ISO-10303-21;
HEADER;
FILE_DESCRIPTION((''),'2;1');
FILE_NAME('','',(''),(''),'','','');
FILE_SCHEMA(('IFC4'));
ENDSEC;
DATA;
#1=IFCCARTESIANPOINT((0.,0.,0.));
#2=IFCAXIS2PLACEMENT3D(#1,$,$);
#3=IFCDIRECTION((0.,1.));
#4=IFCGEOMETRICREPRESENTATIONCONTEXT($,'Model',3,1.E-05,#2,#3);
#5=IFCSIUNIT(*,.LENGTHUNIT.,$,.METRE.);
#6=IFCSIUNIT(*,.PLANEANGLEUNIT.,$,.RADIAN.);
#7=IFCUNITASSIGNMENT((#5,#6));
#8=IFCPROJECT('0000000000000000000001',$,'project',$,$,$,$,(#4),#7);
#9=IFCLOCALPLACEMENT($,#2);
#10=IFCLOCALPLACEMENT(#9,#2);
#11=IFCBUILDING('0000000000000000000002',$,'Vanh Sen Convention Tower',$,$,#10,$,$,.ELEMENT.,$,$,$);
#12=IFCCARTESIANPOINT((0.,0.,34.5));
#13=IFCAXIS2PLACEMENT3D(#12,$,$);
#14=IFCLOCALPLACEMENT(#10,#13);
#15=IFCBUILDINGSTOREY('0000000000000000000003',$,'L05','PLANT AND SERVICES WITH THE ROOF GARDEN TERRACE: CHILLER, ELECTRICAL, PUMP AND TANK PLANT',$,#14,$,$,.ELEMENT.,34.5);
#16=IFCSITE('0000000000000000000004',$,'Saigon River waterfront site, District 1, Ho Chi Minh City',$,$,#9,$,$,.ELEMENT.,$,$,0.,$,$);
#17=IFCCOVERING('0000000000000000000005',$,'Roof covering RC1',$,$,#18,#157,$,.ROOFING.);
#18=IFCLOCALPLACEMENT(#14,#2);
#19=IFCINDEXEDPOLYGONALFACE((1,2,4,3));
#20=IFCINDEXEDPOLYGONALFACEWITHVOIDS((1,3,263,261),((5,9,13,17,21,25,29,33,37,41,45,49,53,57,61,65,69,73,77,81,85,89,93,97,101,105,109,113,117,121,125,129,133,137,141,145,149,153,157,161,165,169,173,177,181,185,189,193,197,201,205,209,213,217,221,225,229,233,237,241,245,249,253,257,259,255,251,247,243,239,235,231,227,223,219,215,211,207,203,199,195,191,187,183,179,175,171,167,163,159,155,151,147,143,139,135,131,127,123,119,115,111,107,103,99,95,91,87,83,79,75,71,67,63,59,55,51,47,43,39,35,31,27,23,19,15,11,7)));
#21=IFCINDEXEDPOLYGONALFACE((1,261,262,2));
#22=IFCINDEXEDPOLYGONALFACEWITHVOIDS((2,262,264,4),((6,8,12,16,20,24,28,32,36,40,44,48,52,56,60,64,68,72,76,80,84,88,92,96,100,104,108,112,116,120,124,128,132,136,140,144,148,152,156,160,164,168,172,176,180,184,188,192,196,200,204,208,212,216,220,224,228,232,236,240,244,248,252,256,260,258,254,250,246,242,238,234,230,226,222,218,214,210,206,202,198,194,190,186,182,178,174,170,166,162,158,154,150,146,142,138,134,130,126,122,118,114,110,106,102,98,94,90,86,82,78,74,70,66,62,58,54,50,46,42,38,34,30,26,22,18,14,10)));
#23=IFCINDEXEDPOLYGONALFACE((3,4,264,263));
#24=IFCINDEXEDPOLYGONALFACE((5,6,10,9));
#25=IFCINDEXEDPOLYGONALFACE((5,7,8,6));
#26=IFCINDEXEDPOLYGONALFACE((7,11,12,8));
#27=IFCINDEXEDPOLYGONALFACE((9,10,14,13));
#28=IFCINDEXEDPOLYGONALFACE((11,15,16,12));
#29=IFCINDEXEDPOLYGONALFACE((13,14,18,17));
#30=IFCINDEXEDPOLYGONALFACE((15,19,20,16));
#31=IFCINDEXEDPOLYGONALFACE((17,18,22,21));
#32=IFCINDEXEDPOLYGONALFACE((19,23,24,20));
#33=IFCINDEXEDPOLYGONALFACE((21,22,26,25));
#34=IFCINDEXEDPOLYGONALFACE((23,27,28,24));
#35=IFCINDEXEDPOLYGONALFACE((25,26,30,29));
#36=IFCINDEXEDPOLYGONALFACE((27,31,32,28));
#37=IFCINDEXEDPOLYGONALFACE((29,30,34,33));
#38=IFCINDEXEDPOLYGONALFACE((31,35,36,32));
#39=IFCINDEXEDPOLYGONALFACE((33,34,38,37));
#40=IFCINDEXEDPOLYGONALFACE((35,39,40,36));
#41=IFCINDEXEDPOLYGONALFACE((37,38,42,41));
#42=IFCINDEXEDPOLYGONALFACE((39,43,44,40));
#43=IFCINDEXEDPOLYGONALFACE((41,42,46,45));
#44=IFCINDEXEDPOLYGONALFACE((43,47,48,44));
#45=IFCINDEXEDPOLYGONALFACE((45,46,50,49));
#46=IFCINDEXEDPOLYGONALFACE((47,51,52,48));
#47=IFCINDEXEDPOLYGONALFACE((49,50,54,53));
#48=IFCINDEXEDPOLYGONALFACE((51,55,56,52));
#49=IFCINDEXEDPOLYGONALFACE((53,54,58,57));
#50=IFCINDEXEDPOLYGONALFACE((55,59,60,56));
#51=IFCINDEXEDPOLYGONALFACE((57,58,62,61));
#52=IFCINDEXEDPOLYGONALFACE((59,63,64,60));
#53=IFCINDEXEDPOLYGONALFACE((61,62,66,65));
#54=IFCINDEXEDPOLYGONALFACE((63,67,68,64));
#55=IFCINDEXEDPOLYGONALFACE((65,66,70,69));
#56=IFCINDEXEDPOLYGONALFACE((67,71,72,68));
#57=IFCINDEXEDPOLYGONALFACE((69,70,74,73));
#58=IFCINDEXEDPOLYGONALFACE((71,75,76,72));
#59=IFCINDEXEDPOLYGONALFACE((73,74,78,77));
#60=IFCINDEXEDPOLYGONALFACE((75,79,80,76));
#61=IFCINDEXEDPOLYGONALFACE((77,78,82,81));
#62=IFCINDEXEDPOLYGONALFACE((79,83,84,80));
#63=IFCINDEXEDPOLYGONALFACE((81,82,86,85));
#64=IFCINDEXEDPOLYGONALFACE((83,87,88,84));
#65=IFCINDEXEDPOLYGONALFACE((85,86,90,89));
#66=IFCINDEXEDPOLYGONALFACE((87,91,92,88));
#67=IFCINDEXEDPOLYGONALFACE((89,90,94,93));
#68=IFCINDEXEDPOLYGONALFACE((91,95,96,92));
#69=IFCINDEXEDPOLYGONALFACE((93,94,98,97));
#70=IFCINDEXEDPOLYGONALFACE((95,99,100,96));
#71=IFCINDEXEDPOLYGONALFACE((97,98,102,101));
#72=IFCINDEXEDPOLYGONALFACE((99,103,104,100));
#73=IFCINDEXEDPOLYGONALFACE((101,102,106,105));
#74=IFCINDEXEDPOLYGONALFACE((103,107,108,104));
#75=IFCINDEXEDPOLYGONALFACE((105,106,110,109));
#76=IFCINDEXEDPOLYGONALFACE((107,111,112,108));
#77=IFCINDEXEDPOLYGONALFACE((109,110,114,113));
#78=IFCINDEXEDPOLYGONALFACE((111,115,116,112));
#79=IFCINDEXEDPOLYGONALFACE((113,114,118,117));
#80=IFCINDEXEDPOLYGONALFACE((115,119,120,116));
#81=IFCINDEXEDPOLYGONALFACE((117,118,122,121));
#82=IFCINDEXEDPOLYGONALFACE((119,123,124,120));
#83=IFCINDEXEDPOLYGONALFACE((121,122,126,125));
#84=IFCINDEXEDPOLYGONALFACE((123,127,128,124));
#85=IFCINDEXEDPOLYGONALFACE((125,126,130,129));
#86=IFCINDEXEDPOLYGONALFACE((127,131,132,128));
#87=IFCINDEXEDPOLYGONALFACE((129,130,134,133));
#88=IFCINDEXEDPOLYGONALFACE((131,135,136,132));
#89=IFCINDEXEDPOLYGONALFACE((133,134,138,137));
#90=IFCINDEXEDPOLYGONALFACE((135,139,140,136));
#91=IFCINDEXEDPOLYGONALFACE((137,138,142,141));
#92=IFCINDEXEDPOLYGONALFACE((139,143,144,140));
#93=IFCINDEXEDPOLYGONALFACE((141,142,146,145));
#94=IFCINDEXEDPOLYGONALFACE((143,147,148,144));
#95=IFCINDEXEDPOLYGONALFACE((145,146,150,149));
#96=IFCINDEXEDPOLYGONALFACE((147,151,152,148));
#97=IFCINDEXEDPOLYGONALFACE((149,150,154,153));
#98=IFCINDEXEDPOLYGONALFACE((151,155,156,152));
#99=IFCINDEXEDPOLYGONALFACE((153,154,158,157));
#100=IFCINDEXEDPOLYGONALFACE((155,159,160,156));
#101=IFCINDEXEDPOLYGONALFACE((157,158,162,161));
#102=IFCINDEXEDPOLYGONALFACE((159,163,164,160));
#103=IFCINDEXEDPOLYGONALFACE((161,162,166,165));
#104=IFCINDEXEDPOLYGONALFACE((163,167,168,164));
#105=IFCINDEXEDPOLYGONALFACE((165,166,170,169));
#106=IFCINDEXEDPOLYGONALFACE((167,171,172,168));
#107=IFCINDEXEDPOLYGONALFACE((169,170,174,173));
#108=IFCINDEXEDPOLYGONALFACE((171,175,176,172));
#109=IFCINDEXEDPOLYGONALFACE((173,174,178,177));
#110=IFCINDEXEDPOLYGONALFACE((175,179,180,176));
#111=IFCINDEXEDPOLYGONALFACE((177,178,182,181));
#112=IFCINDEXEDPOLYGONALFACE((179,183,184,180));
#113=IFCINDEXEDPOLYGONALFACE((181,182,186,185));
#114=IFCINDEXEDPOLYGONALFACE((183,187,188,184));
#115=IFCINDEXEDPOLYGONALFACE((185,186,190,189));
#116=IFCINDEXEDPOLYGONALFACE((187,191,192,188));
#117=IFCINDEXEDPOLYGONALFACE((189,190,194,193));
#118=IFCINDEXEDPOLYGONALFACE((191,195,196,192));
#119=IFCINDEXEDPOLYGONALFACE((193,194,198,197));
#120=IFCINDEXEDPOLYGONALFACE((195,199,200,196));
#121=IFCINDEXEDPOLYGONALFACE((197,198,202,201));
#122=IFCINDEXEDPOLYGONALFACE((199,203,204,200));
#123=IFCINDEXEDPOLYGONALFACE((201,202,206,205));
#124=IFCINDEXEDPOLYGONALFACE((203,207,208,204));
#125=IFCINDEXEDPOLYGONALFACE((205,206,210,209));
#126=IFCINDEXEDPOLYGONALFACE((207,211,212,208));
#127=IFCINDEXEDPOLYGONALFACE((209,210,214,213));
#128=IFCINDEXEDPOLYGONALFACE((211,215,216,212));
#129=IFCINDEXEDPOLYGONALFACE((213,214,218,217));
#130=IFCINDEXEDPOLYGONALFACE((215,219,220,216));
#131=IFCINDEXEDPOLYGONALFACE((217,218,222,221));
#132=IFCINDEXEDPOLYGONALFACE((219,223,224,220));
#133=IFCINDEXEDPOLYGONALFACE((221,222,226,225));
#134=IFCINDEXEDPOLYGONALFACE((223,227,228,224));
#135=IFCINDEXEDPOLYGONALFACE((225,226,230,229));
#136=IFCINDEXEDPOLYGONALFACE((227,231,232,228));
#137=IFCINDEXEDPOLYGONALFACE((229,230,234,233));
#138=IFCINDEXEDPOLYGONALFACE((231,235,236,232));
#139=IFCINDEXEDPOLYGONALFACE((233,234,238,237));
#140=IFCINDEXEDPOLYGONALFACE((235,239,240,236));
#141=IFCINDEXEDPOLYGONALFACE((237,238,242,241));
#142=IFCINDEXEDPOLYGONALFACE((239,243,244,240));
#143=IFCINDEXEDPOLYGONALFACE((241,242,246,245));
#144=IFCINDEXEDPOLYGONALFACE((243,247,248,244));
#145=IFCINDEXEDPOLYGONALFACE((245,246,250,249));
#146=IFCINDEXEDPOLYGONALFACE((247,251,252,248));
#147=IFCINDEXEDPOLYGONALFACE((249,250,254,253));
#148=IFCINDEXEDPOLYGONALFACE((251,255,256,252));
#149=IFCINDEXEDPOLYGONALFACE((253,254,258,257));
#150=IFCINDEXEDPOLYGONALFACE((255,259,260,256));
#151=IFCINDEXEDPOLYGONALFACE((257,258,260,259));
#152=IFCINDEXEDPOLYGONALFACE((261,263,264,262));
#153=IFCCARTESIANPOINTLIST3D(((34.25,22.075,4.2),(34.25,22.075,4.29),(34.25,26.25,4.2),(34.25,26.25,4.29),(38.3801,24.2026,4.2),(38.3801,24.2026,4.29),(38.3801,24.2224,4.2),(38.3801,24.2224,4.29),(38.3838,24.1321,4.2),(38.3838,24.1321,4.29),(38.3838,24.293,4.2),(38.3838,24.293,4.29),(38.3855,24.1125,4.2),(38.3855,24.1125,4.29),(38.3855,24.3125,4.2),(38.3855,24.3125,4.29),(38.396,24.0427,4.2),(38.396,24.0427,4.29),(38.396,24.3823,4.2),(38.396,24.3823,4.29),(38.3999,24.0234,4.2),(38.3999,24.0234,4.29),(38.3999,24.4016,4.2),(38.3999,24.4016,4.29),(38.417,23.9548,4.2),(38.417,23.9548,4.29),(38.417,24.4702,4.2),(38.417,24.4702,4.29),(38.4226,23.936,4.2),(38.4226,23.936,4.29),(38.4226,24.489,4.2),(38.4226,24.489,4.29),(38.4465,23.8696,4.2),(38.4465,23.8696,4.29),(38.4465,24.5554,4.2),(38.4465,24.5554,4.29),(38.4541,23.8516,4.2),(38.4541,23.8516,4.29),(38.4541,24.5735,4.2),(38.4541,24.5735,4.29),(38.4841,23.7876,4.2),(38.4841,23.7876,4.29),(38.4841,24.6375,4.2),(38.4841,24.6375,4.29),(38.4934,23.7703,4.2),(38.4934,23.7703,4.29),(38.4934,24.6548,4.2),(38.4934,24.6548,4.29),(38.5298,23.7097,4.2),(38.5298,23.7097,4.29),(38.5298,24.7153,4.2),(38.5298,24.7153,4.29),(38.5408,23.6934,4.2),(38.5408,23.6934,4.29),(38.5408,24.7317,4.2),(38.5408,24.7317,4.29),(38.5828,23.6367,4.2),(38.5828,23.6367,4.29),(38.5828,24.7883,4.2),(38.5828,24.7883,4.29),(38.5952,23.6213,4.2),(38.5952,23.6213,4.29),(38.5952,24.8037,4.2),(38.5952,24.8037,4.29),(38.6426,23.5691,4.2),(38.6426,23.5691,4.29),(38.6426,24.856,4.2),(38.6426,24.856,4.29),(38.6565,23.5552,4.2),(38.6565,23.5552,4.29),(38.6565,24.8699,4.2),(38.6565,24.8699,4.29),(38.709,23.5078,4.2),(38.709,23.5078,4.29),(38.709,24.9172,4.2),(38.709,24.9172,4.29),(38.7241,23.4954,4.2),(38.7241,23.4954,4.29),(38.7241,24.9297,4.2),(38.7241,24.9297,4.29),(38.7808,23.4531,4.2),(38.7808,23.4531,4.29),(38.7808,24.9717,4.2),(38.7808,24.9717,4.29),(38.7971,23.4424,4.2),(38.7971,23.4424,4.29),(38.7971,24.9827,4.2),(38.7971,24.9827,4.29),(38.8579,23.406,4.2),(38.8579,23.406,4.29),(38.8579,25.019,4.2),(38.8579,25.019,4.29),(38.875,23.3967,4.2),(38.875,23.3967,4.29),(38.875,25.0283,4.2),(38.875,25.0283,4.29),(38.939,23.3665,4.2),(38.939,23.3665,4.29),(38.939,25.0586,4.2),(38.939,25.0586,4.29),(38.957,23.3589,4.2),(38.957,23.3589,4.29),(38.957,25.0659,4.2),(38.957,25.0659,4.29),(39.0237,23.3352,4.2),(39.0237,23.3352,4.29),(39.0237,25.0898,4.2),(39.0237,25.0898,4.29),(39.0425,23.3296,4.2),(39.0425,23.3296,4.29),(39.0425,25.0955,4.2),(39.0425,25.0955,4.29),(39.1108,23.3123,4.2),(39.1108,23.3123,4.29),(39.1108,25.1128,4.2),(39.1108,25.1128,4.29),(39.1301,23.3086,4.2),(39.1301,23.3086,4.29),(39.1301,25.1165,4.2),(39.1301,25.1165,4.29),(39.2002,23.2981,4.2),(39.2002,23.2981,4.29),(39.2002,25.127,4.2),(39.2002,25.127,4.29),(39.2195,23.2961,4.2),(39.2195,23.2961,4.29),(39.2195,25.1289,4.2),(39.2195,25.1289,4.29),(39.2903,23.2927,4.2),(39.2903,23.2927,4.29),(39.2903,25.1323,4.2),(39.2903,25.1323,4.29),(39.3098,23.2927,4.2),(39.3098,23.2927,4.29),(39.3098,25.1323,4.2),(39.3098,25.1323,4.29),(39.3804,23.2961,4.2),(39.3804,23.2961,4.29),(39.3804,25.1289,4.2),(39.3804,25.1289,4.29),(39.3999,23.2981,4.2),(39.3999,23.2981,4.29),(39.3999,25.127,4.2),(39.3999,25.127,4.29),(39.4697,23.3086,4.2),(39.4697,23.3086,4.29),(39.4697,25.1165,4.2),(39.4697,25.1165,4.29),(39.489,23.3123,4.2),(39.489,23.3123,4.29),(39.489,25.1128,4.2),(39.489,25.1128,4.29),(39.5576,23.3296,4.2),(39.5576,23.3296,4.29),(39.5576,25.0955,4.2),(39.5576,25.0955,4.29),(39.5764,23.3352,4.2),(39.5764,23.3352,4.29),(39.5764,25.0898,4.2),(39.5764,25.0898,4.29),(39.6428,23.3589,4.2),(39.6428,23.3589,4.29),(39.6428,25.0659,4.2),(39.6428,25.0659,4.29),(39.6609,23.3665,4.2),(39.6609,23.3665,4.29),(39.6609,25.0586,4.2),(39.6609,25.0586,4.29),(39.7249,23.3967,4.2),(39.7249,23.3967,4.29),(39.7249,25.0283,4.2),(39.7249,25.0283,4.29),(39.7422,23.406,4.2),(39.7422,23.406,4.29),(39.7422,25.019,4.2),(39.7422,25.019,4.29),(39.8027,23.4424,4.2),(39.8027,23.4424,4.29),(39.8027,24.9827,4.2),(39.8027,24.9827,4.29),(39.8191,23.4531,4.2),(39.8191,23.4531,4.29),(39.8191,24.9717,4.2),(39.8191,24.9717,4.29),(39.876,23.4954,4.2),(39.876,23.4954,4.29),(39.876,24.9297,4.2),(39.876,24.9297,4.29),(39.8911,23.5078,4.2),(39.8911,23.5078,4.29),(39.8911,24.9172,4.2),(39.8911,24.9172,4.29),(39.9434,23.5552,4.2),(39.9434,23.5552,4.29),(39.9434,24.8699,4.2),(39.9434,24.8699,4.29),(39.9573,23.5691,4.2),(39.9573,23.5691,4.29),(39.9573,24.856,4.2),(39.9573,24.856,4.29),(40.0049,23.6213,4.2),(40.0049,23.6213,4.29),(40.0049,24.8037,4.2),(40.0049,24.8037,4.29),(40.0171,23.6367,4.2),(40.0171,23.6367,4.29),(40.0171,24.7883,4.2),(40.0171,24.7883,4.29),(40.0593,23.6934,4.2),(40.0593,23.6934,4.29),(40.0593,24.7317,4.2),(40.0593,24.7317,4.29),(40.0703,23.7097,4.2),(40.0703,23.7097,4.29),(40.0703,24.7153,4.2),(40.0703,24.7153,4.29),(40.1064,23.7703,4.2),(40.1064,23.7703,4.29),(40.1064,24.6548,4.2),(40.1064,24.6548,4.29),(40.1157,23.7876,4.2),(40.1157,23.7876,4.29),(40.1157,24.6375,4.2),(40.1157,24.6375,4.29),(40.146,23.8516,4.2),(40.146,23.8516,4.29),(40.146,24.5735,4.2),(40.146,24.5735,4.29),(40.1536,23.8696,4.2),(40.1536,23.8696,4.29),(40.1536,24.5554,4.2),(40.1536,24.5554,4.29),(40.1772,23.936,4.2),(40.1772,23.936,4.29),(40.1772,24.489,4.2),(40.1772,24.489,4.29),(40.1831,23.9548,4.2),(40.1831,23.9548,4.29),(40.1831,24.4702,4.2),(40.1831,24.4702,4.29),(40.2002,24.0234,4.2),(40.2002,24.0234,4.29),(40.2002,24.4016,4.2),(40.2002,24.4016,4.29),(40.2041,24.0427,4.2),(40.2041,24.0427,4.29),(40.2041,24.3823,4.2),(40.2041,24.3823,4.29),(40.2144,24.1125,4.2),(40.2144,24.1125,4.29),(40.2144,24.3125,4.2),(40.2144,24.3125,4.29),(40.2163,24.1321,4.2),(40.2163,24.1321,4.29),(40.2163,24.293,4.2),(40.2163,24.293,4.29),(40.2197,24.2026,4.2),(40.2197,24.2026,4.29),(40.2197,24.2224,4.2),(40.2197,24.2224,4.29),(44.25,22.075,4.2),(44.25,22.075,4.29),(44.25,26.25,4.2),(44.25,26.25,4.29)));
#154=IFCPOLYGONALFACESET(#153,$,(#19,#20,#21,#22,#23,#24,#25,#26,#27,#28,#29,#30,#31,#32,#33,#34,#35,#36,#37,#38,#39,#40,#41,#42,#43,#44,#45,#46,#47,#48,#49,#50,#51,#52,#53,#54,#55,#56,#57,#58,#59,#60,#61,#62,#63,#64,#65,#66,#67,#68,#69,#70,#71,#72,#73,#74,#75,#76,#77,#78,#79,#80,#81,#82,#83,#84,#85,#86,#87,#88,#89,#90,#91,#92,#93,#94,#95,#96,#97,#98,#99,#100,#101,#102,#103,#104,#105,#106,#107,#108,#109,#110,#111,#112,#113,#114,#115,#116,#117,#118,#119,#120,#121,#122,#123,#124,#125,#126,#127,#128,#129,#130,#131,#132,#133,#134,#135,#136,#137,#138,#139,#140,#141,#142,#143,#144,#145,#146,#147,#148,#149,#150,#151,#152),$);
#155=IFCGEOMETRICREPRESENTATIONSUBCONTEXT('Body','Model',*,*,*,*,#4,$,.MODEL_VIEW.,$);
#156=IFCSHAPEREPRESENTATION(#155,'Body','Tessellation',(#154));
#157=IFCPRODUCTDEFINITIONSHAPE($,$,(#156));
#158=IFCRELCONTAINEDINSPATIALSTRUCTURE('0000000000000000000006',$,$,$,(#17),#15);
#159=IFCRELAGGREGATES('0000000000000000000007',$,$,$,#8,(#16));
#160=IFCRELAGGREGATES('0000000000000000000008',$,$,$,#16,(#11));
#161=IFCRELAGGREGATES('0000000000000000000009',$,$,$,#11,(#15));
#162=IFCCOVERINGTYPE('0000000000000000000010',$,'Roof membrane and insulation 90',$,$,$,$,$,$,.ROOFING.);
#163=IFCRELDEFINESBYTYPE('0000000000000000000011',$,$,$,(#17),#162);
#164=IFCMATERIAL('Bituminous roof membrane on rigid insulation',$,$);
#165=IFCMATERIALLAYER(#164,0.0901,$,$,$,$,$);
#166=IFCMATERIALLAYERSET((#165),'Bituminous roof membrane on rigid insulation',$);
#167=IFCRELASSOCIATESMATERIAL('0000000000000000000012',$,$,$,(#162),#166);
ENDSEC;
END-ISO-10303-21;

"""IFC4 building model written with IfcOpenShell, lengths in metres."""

from ifc_helpers import new_model, si_unit, direction, frame, origin, place, context, subcontext, project, spatial, polyline, outline, extrude, material, layer, layer_set, type_object, element, save


model = new_model("IFC4")

# Units and contexts
model_context = context("Model", 3, precision=1e-05, world=origin(), true_north=direction((0.0, 1.0)))
body_context = subcontext(model_context, "Body", "Model", "MODEL_VIEW")
ifc_project = project(units=[si_unit("LENGTHUNIT", "METRE"), si_unit("PLANEANGLEUNIT", "RADIAN")], contexts=[model_context])

# Site, building, storey
site_placement = place(None, origin())
site = spatial("IfcSite", under=ifc_project, at=site_placement, Name="Saigon River waterfront site, District 1, Ho Chi Minh City", CompositionType="ELEMENT", RefElevation=0.0)
building_placement = place(site_placement, origin())
building = spatial("IfcBuilding", under=site, at=building_placement, Name="Vanh Sen Convention Tower", CompositionType="ELEMENT")
storey_placement = place(building_placement, frame((0.0, 0.0, 34.5)))
storey = spatial("IfcBuildingStorey", under=building, at=storey_placement, Name="L05", Description="PLANT AND SERVICES WITH THE ROOF GARDEN TERRACE: CHILLER, ELECTRICAL, PUMP AND TANK PLANT", CompositionType="ELEMENT", Elevation=34.5)

# Covering
ifc_material_1 = material(Name="Bituminous roof membrane on rigid insulation")
ifc_layer_1 = layer(ifc_material_1, 0.0901)
ifc_layer_set_1 = layer_set([ifc_layer_1], Name="Bituminous roof membrane on rigid insulation")
covering_type = type_object("IfcCoveringType", Name="Roof membrane and insulation 90", PredefinedType="ROOFING", material=ifc_layer_set_1)
covering_1_placement = place(storey_placement, frame((0.0, 0.0, 4.2)))
element("IfcCovering", 1, at=covering_1_placement, inside=storey, type_object=covering_type, Name="Roof covering RC1", PredefinedType="ROOFING", context=body_context, shape_type="SweptSolid", body=[
    extrude(outline(polyline([(34.25, 22.075), (44.25, 22.075), (44.25, 26.25), (34.25, 26.25), (34.25, 22.075)]), holes=[polyline([(40.1772, 23.936), (40.1831, 23.9548), (40.2002, 24.0234), (40.2041, 24.0427), (40.2144, 24.1125), (40.2163, 24.1321), (40.2197, 24.2026), (40.2197, 24.2224), (40.2163, 24.293), (40.2144, 24.3125), (40.2041, 24.3823), (40.2002, 24.4016), (40.1831, 24.4702), (40.1772, 24.489), (40.1536, 24.5554), (40.146, 24.5735), (40.1157, 24.6375), (40.1064, 24.6548), (40.0703, 24.7153), (40.0593, 24.7317), (40.0171, 24.7883), (40.0049, 24.8037), (39.9573, 24.856), (39.9434, 24.8699), (39.8911, 24.9172), (39.876, 24.9297), (39.8191, 24.9717), (39.8027, 24.9827), (39.7422, 25.019), (39.7249, 25.0283), (39.6609, 25.0586), (39.6428, 25.0659), (39.5764, 25.0898), (39.5576, 25.0955), (39.489, 25.1128), (39.4697, 25.1165), (39.3999, 25.127), (39.3804, 25.1289), (39.3098, 25.1323), (39.2903, 25.1323), (39.2195, 25.1289), (39.2002, 25.127), (39.1301, 25.1165), (39.1108, 25.1128), (39.0425, 25.0955), (39.0237, 25.0898), (38.957, 25.0659), (38.939, 25.0586), (38.875, 25.0283), (38.8579, 25.019), (38.7971, 24.9827), (38.7808, 24.9717), (38.7241, 24.9297), (38.709, 24.9172), (38.6565, 24.8699), (38.6426, 24.856), (38.5952, 24.8037), (38.5828, 24.7883), (38.5408, 24.7317), (38.5298, 24.7153), (38.4934, 24.6548), (38.4841, 24.6375), (38.4541, 24.5735), (38.4465, 24.5554), (38.4226, 24.489), (38.417, 24.4702), (38.3999, 24.4016), (38.396, 24.3823), (38.3855, 24.3125), (38.3838, 24.293), (38.3801, 24.2224), (38.3801, 24.2026), (38.3838, 24.1321), (38.3855, 24.1125), (38.396, 24.0427), (38.3999, 24.0234), (38.417, 23.9548), (38.4226, 23.936), (38.4465, 23.8696), (38.4541, 23.8516), (38.4841, 23.7876), (38.4934, 23.7703), (38.5298, 23.7097), (38.5408, 23.6934), (38.5828, 23.6367), (38.5952, 23.6213), (38.6426, 23.5691), (38.6565, 23.5552), (38.709, 23.5078), (38.7241, 23.4954), (38.7808, 23.4531), (38.7971, 23.4424), (38.8579, 23.406), (38.875, 23.3967), (38.939, 23.3665), (38.957, 23.3589), (39.0237, 23.3352), (39.0425, 23.3296), (39.1108, 23.3123), (39.1301, 23.3086), (39.2002, 23.2981), (39.2195, 23.2961), (39.2903, 23.2927), (39.3098, 23.2927), (39.3804, 23.2961), (39.3999, 23.2981), (39.4697, 23.3086), (39.489, 23.3123), (39.5576, 23.3296), (39.5764, 23.3352), (39.6428, 23.3589), (39.6609, 23.3665), (39.7249, 23.3967), (39.7422, 23.406), (39.8027, 23.4424), (39.8191, 23.4531), (39.876, 23.4954), (39.8911, 23.5078), (39.9434, 23.5552), (39.9573, 23.5691), (40.0049, 23.6213), (40.0171, 23.6367), (40.0593, 23.6934), (40.0703, 23.7097), (40.1064, 23.7703), (40.1157, 23.7876), (40.146, 23.8516), (40.1536, 23.8696), (40.1772, 23.936)])]), origin(), (0.0, 0.0, 1.0), 0.0901),
])

save(model, "model.ifc")
